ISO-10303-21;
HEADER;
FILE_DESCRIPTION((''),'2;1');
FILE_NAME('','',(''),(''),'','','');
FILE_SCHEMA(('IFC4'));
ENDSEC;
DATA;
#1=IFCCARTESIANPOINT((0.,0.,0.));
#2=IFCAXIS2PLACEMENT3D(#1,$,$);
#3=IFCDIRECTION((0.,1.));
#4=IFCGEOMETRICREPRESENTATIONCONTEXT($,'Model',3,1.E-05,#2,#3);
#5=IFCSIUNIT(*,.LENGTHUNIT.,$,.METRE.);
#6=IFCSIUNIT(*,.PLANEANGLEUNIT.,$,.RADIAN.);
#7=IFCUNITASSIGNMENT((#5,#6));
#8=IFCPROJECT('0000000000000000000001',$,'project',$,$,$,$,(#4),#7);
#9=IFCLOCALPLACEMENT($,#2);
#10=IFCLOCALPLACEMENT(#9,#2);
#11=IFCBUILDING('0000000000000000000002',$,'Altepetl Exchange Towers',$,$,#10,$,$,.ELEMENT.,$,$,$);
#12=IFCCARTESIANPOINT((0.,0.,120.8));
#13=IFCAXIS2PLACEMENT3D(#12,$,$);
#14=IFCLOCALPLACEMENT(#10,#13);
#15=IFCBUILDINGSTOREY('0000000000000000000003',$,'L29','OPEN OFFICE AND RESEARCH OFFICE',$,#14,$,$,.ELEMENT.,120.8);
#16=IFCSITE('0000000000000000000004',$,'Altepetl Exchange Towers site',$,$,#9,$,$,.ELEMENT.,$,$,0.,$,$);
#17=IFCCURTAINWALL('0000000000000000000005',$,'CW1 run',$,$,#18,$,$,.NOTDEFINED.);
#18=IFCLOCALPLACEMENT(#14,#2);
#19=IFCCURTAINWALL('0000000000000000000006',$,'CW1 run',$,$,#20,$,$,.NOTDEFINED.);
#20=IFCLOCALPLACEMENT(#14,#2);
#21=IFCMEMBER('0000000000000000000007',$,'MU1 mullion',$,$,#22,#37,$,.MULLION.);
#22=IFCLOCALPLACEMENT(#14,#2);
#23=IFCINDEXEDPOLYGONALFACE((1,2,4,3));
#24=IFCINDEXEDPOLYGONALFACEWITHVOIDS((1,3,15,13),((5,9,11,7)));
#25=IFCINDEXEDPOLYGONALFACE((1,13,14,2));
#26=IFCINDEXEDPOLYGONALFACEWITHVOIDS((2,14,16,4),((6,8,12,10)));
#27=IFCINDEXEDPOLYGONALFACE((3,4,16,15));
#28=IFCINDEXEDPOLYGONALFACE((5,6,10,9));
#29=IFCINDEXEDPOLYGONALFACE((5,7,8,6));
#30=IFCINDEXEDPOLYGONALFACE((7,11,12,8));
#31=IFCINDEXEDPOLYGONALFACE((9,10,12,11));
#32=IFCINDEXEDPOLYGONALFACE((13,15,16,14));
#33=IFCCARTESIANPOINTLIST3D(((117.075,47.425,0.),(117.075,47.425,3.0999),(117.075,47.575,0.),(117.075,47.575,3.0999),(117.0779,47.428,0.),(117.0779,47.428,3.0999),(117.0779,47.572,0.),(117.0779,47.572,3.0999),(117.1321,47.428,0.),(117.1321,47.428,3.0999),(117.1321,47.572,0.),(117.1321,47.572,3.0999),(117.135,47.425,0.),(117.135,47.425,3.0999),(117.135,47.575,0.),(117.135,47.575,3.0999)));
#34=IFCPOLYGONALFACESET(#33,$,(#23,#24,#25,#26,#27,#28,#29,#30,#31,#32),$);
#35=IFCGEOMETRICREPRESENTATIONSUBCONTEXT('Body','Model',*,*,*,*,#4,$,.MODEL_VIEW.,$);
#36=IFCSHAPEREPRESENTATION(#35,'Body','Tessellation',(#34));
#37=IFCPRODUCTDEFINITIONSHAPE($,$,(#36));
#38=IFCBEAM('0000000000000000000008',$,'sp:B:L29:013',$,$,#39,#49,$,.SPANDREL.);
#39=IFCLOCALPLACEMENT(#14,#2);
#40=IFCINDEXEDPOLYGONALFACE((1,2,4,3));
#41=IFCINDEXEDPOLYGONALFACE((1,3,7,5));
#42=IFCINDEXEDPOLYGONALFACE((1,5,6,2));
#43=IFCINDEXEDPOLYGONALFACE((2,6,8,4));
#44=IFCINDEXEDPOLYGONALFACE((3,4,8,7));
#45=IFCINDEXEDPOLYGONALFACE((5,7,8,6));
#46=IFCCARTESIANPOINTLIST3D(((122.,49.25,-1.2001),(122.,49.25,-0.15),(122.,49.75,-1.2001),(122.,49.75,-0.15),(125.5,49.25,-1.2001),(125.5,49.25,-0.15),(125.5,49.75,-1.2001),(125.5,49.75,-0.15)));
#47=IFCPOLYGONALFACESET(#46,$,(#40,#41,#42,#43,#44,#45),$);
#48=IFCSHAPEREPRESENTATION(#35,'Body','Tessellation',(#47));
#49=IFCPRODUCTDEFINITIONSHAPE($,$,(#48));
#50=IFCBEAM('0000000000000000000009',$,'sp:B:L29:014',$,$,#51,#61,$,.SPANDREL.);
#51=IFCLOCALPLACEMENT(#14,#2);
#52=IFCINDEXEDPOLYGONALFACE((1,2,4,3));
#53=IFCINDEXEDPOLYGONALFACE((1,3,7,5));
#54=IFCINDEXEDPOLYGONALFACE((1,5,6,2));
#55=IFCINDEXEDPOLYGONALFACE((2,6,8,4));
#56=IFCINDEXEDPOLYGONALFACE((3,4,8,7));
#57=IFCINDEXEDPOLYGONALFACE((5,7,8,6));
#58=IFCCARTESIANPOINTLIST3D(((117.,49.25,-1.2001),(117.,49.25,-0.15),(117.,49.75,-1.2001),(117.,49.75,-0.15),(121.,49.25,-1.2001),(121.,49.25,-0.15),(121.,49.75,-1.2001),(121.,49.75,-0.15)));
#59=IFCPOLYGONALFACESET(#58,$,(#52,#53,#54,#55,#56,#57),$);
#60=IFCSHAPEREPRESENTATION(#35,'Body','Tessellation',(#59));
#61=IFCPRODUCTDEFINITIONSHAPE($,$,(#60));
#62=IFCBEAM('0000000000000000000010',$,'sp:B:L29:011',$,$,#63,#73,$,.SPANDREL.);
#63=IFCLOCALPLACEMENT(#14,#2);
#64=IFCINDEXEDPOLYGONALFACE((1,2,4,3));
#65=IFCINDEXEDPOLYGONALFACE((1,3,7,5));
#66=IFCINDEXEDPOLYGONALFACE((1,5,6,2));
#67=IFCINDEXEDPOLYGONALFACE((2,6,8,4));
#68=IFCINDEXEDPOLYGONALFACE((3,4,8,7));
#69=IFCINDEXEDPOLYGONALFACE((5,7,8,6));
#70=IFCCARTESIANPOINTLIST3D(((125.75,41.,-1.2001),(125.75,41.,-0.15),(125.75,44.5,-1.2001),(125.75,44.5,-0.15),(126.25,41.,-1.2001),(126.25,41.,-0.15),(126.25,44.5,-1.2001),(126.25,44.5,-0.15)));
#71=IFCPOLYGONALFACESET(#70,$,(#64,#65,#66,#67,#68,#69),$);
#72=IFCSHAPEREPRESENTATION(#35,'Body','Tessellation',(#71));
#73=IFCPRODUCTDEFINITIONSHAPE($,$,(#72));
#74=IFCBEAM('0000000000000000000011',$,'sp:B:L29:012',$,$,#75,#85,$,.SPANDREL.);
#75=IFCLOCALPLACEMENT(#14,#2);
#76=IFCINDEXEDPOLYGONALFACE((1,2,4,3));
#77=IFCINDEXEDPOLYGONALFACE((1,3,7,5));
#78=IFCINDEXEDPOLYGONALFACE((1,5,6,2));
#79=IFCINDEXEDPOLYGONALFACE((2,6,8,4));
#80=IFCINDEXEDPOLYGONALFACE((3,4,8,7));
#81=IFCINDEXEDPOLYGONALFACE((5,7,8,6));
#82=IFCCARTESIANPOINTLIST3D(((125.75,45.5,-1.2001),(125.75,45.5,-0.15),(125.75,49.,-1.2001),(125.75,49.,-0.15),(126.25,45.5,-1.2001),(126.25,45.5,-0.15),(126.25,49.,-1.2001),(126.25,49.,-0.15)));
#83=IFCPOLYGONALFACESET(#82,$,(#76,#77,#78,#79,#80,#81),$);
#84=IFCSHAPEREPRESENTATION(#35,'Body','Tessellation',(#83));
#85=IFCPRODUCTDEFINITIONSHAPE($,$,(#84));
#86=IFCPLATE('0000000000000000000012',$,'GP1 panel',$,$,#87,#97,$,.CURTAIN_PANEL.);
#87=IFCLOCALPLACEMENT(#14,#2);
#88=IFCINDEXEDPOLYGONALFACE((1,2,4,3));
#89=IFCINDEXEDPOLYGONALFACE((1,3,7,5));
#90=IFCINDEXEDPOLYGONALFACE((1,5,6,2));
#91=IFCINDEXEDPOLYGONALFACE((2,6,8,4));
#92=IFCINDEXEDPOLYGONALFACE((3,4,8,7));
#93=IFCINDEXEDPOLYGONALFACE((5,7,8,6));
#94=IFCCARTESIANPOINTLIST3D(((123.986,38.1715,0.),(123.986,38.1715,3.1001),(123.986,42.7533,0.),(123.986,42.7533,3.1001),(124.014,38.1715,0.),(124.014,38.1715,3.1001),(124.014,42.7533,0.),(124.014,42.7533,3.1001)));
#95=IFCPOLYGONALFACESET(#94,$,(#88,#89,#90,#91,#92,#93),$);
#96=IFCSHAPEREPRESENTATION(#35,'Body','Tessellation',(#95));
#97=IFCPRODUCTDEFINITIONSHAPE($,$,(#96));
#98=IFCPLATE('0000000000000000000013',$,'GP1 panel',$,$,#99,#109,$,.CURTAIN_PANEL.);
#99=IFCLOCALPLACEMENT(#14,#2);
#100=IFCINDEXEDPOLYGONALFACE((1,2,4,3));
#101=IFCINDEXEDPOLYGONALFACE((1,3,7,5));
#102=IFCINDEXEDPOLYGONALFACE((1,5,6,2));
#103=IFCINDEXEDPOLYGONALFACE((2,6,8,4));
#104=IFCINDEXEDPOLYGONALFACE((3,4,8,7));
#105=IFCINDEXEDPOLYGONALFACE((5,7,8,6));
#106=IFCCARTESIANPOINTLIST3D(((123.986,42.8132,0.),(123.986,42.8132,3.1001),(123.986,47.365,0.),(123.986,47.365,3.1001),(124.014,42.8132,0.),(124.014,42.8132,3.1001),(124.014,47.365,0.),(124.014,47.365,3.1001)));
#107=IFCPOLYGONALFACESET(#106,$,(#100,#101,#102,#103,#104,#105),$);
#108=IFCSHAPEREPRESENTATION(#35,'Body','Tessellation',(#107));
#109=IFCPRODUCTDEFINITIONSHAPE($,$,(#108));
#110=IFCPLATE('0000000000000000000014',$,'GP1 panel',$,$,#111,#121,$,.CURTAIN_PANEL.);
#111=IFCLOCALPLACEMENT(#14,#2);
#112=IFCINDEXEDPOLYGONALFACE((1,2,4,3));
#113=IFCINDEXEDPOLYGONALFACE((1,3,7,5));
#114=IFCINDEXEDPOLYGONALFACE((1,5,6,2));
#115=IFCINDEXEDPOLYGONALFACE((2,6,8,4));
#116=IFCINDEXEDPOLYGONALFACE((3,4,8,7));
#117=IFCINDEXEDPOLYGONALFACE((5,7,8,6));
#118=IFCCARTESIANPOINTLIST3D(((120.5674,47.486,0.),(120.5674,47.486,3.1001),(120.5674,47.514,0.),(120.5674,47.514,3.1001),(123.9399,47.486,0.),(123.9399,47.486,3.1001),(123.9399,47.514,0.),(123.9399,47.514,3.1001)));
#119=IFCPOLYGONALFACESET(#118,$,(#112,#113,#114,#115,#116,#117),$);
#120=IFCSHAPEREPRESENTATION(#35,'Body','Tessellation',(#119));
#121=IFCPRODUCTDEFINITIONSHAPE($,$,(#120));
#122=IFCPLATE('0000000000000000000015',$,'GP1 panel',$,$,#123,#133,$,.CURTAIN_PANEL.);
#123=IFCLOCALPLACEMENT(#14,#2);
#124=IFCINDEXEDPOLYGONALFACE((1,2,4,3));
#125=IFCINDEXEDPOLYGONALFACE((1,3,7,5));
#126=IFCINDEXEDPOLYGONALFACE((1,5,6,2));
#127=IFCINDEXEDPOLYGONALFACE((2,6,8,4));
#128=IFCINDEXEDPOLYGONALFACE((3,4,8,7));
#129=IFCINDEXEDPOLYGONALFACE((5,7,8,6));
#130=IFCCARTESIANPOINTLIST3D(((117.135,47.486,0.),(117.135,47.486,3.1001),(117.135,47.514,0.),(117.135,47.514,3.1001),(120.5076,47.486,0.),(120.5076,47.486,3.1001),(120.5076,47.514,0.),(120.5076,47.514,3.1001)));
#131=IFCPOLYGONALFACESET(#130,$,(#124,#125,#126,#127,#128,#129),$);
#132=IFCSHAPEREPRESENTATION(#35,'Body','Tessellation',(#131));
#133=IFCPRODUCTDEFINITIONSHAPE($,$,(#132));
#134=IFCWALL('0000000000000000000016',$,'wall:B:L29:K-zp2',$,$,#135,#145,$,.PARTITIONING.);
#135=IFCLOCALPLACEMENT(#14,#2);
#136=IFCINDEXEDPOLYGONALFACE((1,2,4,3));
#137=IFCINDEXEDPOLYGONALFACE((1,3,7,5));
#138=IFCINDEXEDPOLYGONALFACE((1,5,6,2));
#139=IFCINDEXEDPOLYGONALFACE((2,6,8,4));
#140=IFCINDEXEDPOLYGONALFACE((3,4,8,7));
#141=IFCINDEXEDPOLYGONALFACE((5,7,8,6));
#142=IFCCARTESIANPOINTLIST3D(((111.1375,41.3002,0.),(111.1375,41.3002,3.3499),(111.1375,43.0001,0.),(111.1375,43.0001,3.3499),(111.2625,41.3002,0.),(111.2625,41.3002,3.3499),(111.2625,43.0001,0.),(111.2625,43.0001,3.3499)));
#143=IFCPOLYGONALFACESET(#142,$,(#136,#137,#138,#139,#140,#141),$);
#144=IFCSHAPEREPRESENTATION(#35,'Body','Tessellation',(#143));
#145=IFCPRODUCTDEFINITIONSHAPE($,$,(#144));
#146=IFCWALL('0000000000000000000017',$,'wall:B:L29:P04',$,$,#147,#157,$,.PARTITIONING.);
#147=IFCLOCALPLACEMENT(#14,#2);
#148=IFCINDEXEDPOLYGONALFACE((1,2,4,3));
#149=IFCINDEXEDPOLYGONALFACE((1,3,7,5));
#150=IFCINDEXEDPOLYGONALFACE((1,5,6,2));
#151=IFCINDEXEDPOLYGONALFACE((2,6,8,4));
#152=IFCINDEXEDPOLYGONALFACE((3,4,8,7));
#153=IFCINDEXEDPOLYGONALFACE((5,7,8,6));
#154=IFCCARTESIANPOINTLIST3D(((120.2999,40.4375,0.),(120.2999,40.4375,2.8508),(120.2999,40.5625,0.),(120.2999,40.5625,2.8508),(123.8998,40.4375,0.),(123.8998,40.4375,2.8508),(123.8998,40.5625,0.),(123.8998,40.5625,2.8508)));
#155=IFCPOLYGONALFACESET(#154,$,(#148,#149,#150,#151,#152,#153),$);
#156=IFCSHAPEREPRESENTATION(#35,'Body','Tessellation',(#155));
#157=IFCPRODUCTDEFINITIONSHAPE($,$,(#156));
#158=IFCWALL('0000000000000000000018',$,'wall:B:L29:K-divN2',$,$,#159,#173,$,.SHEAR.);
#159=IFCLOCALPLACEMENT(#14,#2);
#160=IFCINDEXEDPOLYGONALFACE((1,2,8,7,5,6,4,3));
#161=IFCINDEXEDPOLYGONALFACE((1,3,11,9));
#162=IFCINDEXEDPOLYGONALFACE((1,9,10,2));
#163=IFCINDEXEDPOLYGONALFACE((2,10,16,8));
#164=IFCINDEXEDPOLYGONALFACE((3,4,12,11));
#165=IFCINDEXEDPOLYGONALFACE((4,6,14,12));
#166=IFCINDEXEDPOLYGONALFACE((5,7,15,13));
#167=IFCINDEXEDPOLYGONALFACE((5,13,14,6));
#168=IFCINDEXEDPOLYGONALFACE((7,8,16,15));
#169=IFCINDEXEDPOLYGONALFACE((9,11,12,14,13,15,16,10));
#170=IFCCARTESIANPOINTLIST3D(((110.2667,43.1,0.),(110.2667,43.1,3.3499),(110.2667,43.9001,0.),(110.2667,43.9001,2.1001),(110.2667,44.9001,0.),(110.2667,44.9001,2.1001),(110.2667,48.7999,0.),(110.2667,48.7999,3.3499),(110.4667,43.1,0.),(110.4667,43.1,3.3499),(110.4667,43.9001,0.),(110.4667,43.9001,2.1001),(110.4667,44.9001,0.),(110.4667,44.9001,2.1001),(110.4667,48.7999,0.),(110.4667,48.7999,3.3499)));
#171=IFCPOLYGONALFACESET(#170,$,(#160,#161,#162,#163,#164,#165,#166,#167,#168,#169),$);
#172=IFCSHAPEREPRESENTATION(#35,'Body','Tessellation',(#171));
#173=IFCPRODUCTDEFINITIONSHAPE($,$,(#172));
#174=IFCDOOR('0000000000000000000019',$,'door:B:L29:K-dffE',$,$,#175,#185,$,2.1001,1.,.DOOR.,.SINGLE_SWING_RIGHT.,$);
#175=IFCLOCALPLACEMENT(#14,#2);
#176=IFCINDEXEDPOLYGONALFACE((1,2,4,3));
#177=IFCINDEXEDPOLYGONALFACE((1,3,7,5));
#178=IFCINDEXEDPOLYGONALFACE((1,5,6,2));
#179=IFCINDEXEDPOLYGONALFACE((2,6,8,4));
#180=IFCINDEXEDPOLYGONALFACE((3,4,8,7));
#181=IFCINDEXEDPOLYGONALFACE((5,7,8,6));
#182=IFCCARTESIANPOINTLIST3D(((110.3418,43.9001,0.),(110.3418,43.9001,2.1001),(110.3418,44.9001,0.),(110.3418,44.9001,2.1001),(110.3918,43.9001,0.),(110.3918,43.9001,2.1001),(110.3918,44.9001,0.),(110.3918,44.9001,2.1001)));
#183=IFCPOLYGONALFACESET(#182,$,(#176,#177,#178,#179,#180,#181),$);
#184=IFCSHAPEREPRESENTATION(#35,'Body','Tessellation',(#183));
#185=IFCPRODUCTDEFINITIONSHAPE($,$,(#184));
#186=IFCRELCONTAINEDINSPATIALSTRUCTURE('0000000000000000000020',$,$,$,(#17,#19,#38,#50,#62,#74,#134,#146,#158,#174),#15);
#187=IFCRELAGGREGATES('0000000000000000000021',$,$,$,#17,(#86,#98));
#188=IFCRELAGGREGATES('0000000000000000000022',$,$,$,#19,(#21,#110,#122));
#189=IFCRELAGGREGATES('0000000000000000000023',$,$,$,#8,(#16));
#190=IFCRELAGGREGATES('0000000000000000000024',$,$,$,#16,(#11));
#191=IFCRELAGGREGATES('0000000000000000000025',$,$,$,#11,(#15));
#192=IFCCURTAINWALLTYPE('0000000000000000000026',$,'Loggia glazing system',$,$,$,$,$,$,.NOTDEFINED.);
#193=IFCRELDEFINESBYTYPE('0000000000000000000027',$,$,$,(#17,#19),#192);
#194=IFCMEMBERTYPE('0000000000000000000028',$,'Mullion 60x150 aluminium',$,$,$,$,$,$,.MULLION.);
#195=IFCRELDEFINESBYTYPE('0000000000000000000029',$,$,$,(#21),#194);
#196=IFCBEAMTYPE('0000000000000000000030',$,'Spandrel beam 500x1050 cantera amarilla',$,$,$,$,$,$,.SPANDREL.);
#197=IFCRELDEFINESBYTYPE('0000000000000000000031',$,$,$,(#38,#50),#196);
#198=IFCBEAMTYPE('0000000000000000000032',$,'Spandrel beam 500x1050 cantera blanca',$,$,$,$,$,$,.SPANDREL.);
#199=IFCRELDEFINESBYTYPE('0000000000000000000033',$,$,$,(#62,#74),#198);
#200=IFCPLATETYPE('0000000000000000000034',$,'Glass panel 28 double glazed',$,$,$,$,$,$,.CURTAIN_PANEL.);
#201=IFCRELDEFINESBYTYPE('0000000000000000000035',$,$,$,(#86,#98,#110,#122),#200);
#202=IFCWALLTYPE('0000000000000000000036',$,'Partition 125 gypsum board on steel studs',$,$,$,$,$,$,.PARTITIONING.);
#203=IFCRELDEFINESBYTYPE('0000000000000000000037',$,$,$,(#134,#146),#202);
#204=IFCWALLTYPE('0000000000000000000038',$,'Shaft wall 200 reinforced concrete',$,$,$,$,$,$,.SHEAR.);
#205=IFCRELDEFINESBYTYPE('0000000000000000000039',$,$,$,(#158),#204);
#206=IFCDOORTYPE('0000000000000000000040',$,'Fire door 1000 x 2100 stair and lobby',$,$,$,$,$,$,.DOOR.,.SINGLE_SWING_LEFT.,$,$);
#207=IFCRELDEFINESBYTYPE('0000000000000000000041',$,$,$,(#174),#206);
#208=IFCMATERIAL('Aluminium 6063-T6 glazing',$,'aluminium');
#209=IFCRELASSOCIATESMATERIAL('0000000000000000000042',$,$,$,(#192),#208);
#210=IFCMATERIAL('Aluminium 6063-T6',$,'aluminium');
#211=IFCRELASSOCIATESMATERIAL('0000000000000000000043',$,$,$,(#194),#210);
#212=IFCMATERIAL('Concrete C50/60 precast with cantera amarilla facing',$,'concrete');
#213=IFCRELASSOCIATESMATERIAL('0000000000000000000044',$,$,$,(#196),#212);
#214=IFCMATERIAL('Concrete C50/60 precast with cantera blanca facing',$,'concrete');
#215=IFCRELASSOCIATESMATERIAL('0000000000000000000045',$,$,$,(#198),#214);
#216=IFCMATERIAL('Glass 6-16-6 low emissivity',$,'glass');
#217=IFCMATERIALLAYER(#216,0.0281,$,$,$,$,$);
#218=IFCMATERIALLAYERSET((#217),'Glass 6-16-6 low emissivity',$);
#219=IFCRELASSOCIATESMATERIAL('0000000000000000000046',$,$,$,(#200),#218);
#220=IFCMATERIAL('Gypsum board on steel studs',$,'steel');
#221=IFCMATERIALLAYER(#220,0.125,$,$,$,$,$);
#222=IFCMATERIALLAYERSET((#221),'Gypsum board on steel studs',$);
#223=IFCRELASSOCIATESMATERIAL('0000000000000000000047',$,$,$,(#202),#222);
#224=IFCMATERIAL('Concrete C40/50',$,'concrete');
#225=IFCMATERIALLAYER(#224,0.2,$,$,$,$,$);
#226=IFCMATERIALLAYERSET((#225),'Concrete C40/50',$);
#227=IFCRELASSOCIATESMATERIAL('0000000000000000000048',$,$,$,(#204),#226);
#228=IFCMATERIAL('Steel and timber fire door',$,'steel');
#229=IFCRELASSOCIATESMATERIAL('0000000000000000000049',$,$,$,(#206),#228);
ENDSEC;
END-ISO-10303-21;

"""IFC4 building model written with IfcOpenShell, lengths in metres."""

from ifc_helpers import new_model, si_unit, direction, frame, frame_2d, origin, origin_2d, place, context, subcontext, project, spatial, rectangle, hollow_rectangle, extrude, material, layer, layer_set, material_profile, profile_set, type_object, element, fill, aggregate, save


model = new_model("IFC4")

# Units and contexts
model_context = context("Model", 3, precision=1e-05, world=origin(), true_north=direction((0.0, 1.0)))
body_context = subcontext(model_context, "Body", "Model", "MODEL_VIEW")
ifc_project = project(units=[si_unit("LENGTHUNIT", "METRE"), si_unit("PLANEANGLEUNIT", "RADIAN")], contexts=[model_context])

# Site, building, storey
site_placement = place(None, origin())
site = spatial("IfcSite", under=ifc_project, at=site_placement, Name="Altepetl Exchange Towers site", CompositionType="ELEMENT", RefElevation=0.0)
building_placement = place(site_placement, origin())
building = spatial("IfcBuilding", under=site, at=building_placement, Name="Altepetl Exchange Towers", CompositionType="ELEMENT")
storey_placement = place(building_placement, frame((0.0, 0.0, 120.8)))
storey = spatial("IfcBuildingStorey", under=building, at=storey_placement, Name="L29", Description="OPEN OFFICE AND RESEARCH OFFICE", CompositionType="ELEMENT", Elevation=120.8)

# Curtain walls, member
ifc_material_1 = material(Name="Aluminium 6063-T6 glazing", Category="aluminium")
curtain_wall_type = type_object("IfcCurtainWallType", Name="Loggia glazing system", PredefinedType="NOTDEFINED", material=ifc_material_1)
curtain_wall_1_placement = place(storey_placement, origin())
curtain_wall_1 = element("IfcCurtainWall", 1, at=curtain_wall_1_placement, inside=storey, type_object=curtain_wall_type, Name="CW1 run", PredefinedType="NOTDEFINED")
ifc_material_2 = material(Name="Aluminium 6063-T6", Category="aluminium")
ifc_material_profile_1 = material_profile(ifc_material_2, hollow_rectangle(XDim=0.0601, YDim=0.1499, WallThickness=0.0029, at=origin_2d()), Name="Mullion 60x150 aluminium")
ifc_profile_set_1 = profile_set([ifc_material_profile_1], Name="Aluminium 6063-T6")
member_type = type_object("IfcMemberType", Name="Mullion 60x150 aluminium", PredefinedType="MULLION", material=ifc_profile_set_1)
curtain_wall_2_placement = place(storey_placement, origin())
curtain_wall_2 = element("IfcCurtainWall", 2, at=curtain_wall_2_placement, inside=storey, type_object=curtain_wall_type, Name="CW1 run", PredefinedType="NOTDEFINED")
member_1_placement = place(storey_placement, frame((117.105, 47.5, 0.0), z_axis=(0.0, 0.0, 1.0), x_axis=(-1.0, 0.0, 0.0)))
member_1 = element("IfcMember", 3, at=member_1_placement, type_object=member_type, Name="MU1 mullion", PredefinedType="MULLION", context=body_context, shape_type="SweptSolid", body=[
    extrude(hollow_rectangle(XDim=0.0601, YDim=0.1499, WallThickness=0.0029, at=origin_2d()), origin(), (0.0, 0.0, 1.0), 3.0999),
])

# Beams
ifc_material_3 = material(Name="Concrete C50/60 precast with cantera amarilla facing", Category="concrete")
ifc_material_profile_2 = material_profile(ifc_material_3, rectangle(XDim=0.5, YDim=1.05, at=origin_2d()), Name="500 x 1050")
ifc_profile_set_2 = profile_set([ifc_material_profile_2], Name="Concrete C50/60 precast with cantera amarilla facing")
beam_type_1 = type_object("IfcBeamType", Name="Spandrel beam 500x1050 cantera amarilla", PredefinedType="SPANDREL", material=ifc_profile_set_2)
beam_1_placement = place(storey_placement, frame((125.5, 49.5, -0.675), z_axis=(-1.0, 0.0, 0.0), x_axis=(0.0, -1.0, 0.0)))
element("IfcBeam", 4, at=beam_1_placement, inside=storey, type_object=beam_type_1, Name="sp:B:L29:013", PredefinedType="SPANDREL", context=body_context, shape_type="SweptSolid", body=[
    extrude(rectangle(XDim=0.5, YDim=1.05, at=origin_2d()), origin(), (0.0, 0.0, 1.0), 3.5),
])
beam_2_placement = place(storey_placement, frame((121.0, 49.5, -0.675), z_axis=(-1.0, 0.0, 0.0), x_axis=(0.0, -1.0, 0.0)))
element("IfcBeam", 5, at=beam_2_placement, inside=storey, type_object=beam_type_1, Name="sp:B:L29:014", PredefinedType="SPANDREL", context=body_context, shape_type="SweptSolid", body=[
    extrude(rectangle(XDim=0.5, YDim=1.05, at=origin_2d()), origin(), (0.0, 0.0, 1.0), 4.0),
])
ifc_material_4 = material(Name="Concrete C50/60 precast with cantera blanca facing", Category="concrete")
ifc_material_profile_3 = material_profile(ifc_material_4, rectangle(XDim=0.5, YDim=1.05, at=origin_2d()), Name="500 x 1050")
ifc_profile_set_3 = profile_set([ifc_material_profile_3], Name="Concrete C50/60 precast with cantera blanca facing")
beam_type_2 = type_object("IfcBeamType", Name="Spandrel beam 500x1050 cantera blanca", PredefinedType="SPANDREL", material=ifc_profile_set_3)
for number, where, z_axis, x_axis, name in (
    (6, (126.0, 41.0, -0.675), (0.0, 1.0, 0.0), (-1.0, 0.0, 0.0), "sp:B:L29:011"),
    (7, (126.0, 45.5, -0.675), (0.0, 1.0, 0.0), (-1.0, 0.0, 0.0), "sp:B:L29:012"),
):
    element("IfcBeam", number, at=place(storey_placement, frame(where, z_axis=z_axis, x_axis=x_axis)), inside=storey, type_object=beam_type_2, Name=name, PredefinedType="SPANDREL", context=body_context, shape_type="SweptSolid", body=[
        extrude(rectangle(XDim=0.5, YDim=1.05, at=origin_2d()), origin(), (0.0, 0.0, 1.0), 3.5),
    ])

# Plates
ifc_material_5 = material(Name="Glass 6-16-6 low emissivity", Category="glass")
ifc_layer_1 = layer(ifc_material_5, 0.0281)
ifc_layer_set_1 = layer_set([ifc_layer_1], Name="Glass 6-16-6 low emissivity")
plate_type = type_object("IfcPlateType", Name="Glass panel 28 double glazed", PredefinedType="CURTAIN_PANEL", material=ifc_layer_set_1)
plate_1_placement = place(storey_placement, frame((124.0, 40.4624, 0.0), z_axis=(0.0, 0.0, 1.0), x_axis=(0.0, 1.0, 0.0)))
plate_1 = element("IfcPlate", 8, at=plate_1_placement, type_object=plate_type, Name="GP1 panel", PredefinedType="CURTAIN_PANEL", context=body_context, shape_type="SweptSolid", body=[
    extrude(rectangle(XDim=4.5818, YDim=0.0281, at=origin_2d()), origin(), (0.0, 0.0, 1.0), 3.1001),
])
plate_2_placement = place(storey_placement, frame((124.0, 45.0891, 0.0), z_axis=(0.0, 0.0, 1.0), x_axis=(0.0, 1.0, 0.0)))
plate_2 = element("IfcPlate", 9, at=plate_2_placement, type_object=plate_type, Name="GP1 panel", PredefinedType="CURTAIN_PANEL", context=body_context, shape_type="SweptSolid", body=[
    extrude(rectangle(XDim=4.5518, YDim=0.0281, at=origin_2d()), origin(), (0.0, 0.0, 1.0), 3.1001),
])
aggregate(curtain_wall_1, [plate_1, plate_2])
plate_3_placement = place(storey_placement, frame((122.2537, 47.5, 0.0), z_axis=(0.0, 0.0, 1.0), x_axis=(-1.0, 0.0, 0.0)))
plate_3 = element("IfcPlate", 10, at=plate_3_placement, type_object=plate_type, Name="GP1 panel", PredefinedType="CURTAIN_PANEL", context=body_context, shape_type="SweptSolid", body=[
    extrude(rectangle(XDim=3.3726, YDim=0.0281, at=origin_2d()), origin(), (0.0, 0.0, 1.0), 3.1001),
])
plate_4_placement = place(storey_placement, frame((118.8213, 47.5, 0.0), z_axis=(0.0, 0.0, 1.0), x_axis=(-1.0, 0.0, 0.0)))
plate_4 = element("IfcPlate", 11, at=plate_4_placement, type_object=plate_type, Name="GP1 panel", PredefinedType="CURTAIN_PANEL", context=body_context, shape_type="SweptSolid", body=[
    extrude(rectangle(XDim=3.3726, YDim=0.0281, at=origin_2d()), origin(), (0.0, 0.0, 1.0), 3.1001),
])
aggregate(curtain_wall_2, [member_1, plate_3, plate_4])

# Walls
ifc_material_6 = material(Name="Gypsum board on steel studs", Category="steel")
ifc_layer_2 = layer(ifc_material_6, 0.125)
ifc_layer_set_2 = layer_set([ifc_layer_2], Name="Gypsum board on steel studs")
wall_type_1 = type_object("IfcWallType", Name="Partition 125 gypsum board on steel studs", PredefinedType="PARTITIONING", material=ifc_layer_set_2)
wall_1_placement = place(storey_placement, frame((111.2, 41.3, 0.0), z_axis=(0.0, 0.0, 1.0), x_axis=(0.0, 1.0, 0.0)))
element("IfcWall", 12, at=wall_1_placement, inside=storey, type_object=wall_type_1, Name="wall:B:L29:K-zp2", PredefinedType="PARTITIONING", context=body_context, shape_type="SweptSolid", body=[
    extrude(rectangle(XDim=1.7, YDim=0.125, at=frame_2d((0.8501, 0.0))), origin(), (0.0, 0.0, 1.0), 3.3499),
])
wall_2_placement = place(storey_placement, frame((120.3, 40.5, 0.0)))
element("IfcWall", 13, at=wall_2_placement, inside=storey, type_object=wall_type_1, Name="wall:B:L29:P04", PredefinedType="PARTITIONING", context=body_context, shape_type="SweptSolid", body=[
    extrude(rectangle(XDim=3.5999, YDim=0.125, at=frame_2d((1.7998, 0.0))), origin(), (0.0, 0.0, 1.0), 2.8508),
])

# Wall, opening, door
ifc_material_7 = material(Name="Concrete C40/50", Category="concrete")
ifc_layer_3 = layer(ifc_material_7, 0.2)
ifc_layer_set_3 = layer_set([ifc_layer_3], Name="Concrete C40/50")
wall_type_2 = type_object("IfcWallType", Name="Shaft wall 200 reinforced concrete", PredefinedType="SHEAR", material=ifc_layer_set_3)
wall_3_placement = place(storey_placement, frame((110.3667, 48.8, 0.0), z_axis=(0.0, 0.0, 1.0), x_axis=(0.0, -1.0, 0.0)))
wall_3 = element("IfcWall", 14, at=wall_3_placement, inside=storey, type_object=wall_type_2, Name="wall:B:L29:K-divN2", PredefinedType="SHEAR", context=body_context, shape_type="SweptSolid", body=[
    extrude(rectangle(XDim=5.7, YDim=0.2, at=frame_2d((2.8501, 0.0))), origin(), (0.0, 0.0, 1.0), 3.3499),
])
opening_1_placement = place(wall_3_placement, frame((3.8999, 0.0, 0.0)))
opening_1 = element("IfcOpeningElement", 15, at=opening_1_placement, cuts=wall_3, PredefinedType="OPENING", context=body_context, shape_type="SweptSolid", body=[
    extrude(rectangle(XDim=1.0, YDim=2.1001, at=frame_2d((0.5, 1.05))), frame((0.0, 0.1099, 0.0), z_axis=(0.0, -1.0, 0.0), x_axis=(1.0, 0.0, 0.0)), (0.0, 0.0, 1.0), 0.22),
])
ifc_material_8 = material(Name="Steel and timber fire door", Category="steel")
door_type_1 = type_object("IfcDoorType", Name="Fire door 1000 x 2100 stair and lobby", OperationType="SINGLE_SWING_LEFT", PredefinedType="DOOR", material=ifc_material_8)
door_1_placement = place(opening_1_placement, frame((1.0, 0.0, 0.0), x_axis=(-1.0, 0.0, 0.0)))
door_1 = element("IfcDoor", 16, at=door_1_placement, inside=storey, type_object=door_type_1, Name="door:B:L29:K-dffE", OperationType="SINGLE_SWING_RIGHT", OverallHeight=2.1001, OverallWidth=1.0, PredefinedType="DOOR", context=body_context, shape_type="SweptSolid", body=[
    extrude(rectangle(XDim=1.0, YDim=2.1001, at=frame_2d((0.5, 1.05))), frame((0.0, 0.0249, 0.0), z_axis=(0.0, -1.0, 0.0), x_axis=(1.0, 0.0, 0.0)), (0.0, 0.0, 1.0), 0.05),
])
fill(opening_1, door_1)

save(model, "model.ifc")
